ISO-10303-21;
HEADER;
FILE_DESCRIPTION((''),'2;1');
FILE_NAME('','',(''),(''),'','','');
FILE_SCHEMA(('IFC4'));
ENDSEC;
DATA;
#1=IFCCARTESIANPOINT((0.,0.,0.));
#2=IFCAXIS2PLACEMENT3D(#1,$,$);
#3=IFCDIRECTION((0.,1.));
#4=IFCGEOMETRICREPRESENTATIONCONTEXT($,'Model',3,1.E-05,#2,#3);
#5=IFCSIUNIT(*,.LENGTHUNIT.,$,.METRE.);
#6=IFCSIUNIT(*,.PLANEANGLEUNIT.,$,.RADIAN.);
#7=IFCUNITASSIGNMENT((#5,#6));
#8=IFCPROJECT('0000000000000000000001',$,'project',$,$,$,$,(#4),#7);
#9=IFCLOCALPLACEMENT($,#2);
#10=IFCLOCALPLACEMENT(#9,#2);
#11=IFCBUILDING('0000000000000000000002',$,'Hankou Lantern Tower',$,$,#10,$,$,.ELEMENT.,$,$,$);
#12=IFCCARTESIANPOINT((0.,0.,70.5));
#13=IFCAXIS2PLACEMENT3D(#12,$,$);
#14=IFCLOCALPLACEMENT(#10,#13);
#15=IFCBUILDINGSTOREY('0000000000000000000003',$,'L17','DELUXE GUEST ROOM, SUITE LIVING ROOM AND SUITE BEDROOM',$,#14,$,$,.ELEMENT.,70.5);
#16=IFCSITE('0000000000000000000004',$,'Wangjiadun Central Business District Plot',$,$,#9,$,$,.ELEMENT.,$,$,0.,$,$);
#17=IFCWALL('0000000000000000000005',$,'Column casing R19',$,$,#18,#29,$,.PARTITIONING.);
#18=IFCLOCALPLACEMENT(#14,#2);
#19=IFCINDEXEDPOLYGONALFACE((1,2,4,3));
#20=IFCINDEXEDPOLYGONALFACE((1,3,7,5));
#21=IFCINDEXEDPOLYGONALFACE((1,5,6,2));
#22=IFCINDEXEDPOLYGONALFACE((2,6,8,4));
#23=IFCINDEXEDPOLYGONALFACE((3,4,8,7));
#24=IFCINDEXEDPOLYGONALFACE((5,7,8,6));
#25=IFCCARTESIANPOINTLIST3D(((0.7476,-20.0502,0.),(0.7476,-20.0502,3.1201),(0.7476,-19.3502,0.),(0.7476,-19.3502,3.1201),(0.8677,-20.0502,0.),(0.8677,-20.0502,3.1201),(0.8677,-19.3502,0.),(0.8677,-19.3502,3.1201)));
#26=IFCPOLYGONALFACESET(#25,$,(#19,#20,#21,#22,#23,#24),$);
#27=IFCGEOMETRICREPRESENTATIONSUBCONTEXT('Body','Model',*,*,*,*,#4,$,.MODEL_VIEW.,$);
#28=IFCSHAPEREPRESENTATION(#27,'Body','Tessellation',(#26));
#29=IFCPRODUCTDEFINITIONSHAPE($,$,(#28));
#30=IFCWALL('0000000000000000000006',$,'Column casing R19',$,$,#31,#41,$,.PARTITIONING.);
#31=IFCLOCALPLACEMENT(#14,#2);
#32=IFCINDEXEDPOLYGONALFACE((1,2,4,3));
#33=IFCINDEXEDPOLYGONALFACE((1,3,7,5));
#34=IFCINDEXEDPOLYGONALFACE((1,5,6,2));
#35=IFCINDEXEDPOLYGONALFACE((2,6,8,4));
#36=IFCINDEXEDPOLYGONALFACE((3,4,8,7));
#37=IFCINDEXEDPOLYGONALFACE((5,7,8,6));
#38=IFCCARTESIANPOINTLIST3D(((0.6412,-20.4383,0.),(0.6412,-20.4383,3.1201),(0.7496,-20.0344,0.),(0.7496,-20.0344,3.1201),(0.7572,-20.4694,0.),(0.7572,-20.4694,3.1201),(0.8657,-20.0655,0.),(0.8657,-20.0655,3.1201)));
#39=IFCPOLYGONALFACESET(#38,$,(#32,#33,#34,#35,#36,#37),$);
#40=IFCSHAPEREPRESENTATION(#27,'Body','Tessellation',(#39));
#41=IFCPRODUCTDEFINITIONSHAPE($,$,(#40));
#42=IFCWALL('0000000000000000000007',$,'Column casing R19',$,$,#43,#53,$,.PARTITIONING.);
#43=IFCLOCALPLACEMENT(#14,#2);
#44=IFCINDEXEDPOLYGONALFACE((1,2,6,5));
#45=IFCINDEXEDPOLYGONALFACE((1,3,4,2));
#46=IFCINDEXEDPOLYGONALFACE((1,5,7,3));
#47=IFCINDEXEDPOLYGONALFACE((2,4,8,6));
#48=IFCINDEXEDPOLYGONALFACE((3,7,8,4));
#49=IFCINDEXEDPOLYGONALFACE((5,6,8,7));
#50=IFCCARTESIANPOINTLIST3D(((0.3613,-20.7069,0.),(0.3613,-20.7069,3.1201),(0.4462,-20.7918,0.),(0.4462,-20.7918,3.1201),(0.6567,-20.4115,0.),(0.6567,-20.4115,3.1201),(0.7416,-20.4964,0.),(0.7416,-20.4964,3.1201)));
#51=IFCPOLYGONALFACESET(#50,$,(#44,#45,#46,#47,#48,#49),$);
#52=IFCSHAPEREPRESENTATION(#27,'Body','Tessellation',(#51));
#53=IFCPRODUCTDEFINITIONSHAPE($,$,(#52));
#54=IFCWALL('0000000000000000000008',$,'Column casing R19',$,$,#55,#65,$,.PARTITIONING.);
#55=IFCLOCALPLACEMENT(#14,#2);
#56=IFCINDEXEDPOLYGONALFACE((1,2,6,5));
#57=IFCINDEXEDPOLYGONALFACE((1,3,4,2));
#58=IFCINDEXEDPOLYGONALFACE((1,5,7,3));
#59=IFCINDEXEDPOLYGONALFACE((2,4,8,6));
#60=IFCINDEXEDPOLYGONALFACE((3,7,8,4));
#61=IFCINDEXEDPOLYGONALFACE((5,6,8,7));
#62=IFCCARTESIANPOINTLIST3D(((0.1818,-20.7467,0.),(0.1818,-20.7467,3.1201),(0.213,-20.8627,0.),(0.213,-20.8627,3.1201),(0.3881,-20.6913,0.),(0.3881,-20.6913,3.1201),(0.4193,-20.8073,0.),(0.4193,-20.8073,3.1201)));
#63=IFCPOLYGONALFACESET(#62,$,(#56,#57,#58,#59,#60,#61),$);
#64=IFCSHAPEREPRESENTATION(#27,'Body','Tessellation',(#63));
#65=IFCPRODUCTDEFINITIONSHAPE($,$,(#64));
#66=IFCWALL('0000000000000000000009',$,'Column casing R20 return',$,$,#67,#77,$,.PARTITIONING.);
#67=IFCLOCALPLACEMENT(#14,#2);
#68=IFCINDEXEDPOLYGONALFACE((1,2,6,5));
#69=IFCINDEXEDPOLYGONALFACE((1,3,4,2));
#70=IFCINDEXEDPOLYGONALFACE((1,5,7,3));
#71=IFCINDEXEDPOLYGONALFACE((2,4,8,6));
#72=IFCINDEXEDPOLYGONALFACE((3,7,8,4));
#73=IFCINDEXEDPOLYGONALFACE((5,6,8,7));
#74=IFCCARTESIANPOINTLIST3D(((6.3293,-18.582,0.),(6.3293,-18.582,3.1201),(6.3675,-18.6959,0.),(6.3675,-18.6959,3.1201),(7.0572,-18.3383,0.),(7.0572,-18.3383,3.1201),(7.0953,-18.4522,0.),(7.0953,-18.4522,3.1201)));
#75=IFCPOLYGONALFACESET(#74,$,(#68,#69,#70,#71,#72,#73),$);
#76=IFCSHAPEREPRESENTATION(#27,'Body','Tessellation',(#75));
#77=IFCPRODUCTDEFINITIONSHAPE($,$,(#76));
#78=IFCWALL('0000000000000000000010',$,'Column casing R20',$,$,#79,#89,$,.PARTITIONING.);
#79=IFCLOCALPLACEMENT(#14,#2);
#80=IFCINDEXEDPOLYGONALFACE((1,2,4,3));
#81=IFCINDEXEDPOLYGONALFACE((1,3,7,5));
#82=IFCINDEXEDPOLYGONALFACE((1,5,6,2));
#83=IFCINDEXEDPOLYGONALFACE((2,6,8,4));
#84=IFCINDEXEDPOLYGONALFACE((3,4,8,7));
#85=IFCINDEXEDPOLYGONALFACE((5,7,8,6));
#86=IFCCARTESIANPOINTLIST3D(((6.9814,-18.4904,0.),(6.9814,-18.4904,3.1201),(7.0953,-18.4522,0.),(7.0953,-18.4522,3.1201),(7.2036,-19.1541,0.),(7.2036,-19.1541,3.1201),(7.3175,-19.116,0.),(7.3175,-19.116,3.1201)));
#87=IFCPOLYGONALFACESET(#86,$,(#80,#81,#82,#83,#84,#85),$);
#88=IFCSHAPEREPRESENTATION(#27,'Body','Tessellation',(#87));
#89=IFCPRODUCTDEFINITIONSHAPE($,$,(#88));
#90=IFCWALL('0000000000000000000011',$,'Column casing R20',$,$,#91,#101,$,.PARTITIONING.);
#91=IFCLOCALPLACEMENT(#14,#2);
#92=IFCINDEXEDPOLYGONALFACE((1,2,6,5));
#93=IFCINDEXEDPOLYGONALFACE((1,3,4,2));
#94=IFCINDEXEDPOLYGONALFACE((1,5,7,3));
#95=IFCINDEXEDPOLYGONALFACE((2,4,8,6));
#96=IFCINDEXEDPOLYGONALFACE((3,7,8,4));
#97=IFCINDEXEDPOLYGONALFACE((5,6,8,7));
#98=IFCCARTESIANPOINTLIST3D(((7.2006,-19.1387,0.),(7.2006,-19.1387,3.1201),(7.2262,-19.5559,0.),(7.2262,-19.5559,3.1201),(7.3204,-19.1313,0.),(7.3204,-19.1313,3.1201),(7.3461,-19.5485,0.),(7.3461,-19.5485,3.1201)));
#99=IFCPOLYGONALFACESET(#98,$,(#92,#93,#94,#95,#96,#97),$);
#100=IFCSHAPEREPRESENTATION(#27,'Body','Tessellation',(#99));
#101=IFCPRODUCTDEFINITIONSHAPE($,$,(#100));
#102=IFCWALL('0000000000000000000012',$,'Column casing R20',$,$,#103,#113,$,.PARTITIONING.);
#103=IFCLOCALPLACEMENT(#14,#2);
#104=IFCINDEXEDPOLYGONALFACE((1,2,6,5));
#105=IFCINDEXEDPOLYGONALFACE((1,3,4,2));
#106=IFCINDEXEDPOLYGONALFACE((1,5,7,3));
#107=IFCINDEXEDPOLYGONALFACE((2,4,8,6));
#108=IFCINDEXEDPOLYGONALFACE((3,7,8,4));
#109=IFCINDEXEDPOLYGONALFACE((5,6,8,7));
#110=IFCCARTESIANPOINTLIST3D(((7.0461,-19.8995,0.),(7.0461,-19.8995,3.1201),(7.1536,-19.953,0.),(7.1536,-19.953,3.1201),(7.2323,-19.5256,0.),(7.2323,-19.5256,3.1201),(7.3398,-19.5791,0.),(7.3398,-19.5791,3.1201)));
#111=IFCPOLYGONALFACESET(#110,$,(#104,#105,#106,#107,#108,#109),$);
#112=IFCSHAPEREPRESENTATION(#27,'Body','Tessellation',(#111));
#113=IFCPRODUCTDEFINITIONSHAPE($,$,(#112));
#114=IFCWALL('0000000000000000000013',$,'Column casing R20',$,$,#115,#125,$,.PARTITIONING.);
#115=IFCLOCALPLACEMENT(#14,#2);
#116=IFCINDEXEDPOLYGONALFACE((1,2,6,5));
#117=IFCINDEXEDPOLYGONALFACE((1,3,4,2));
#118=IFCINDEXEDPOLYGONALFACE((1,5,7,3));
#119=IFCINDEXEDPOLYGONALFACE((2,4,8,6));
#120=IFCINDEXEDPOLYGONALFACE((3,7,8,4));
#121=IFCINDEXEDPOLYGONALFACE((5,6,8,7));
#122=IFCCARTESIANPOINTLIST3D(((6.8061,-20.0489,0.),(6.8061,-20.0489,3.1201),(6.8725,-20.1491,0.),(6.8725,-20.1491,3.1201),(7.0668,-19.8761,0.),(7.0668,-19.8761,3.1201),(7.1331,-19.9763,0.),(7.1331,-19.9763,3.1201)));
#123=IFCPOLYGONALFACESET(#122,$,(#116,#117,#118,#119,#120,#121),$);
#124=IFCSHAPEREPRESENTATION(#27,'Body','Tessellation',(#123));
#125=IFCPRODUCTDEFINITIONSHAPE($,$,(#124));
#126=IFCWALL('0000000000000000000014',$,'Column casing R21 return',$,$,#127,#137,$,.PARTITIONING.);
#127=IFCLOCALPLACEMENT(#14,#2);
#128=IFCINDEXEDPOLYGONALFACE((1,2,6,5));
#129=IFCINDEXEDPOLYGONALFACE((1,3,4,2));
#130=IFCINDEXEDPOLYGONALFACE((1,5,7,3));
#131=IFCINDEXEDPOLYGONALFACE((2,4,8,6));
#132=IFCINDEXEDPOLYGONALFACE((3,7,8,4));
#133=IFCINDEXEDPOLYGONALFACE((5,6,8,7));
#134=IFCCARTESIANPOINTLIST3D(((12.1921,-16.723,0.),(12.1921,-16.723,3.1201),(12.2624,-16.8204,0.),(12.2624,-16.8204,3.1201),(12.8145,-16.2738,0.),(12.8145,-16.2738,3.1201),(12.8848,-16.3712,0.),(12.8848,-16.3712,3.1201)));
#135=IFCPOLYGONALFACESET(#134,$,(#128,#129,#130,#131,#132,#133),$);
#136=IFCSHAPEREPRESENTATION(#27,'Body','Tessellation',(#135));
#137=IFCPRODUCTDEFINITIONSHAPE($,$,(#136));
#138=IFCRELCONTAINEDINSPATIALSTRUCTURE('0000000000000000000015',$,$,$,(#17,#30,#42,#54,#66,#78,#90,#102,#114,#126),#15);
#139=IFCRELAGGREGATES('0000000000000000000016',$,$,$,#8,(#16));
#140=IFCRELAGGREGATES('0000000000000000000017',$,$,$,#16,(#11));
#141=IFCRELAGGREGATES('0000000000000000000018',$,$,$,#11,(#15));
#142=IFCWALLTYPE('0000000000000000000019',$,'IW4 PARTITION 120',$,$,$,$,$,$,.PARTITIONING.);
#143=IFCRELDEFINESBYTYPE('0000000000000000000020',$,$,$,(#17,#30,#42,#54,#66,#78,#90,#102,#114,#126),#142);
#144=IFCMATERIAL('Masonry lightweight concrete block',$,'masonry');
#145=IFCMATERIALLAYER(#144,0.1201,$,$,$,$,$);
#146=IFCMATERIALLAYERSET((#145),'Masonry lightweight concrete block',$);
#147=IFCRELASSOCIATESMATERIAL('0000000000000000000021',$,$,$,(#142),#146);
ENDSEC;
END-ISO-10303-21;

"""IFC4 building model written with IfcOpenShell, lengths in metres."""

from ifc_helpers import new_model, si_unit, direction, frame, frame_2d, origin, place, context, subcontext, project, spatial, rectangle, extrude, material, layer, layer_set, type_object, element, save


model = new_model("IFC4")

# Units and contexts
model_context = context("Model", 3, precision=1e-05, world=origin(), true_north=direction((0.0, 1.0)))
body_context = subcontext(model_context, "Body", "Model", "MODEL_VIEW")
ifc_project = project(units=[si_unit("LENGTHUNIT", "METRE"), si_unit("PLANEANGLEUNIT", "RADIAN")], contexts=[model_context])

# Site, building, storey
site_placement = place(None, origin())
site = spatial("IfcSite", under=ifc_project, at=site_placement, Name="Wangjiadun Central Business District Plot", CompositionType="ELEMENT", RefElevation=0.0)
building_placement = place(site_placement, origin())
building = spatial("IfcBuilding", under=site, at=building_placement, Name="Hankou Lantern Tower", CompositionType="ELEMENT")
storey_placement = place(building_placement, frame((0.0, 0.0, 70.5)))
storey = spatial("IfcBuildingStorey", under=building, at=storey_placement, Name="L17", Description="DELUXE GUEST ROOM, SUITE LIVING ROOM AND SUITE BEDROOM", CompositionType="ELEMENT", Elevation=70.5)

# Walls
ifc_material_1 = material(Name="Masonry lightweight concrete block", Category="masonry")
ifc_layer_1 = layer(ifc_material_1, 0.1201)
ifc_layer_set_1 = layer_set([ifc_layer_1], Name="Masonry lightweight concrete block")
wall_type_1 = type_object("IfcWallType", Name="IW4 PARTITION 120", PredefinedType="PARTITIONING", material=ifc_layer_set_1)
wall_1_placement = place(storey_placement, frame((0.8076, -19.3501, 0.0), z_axis=(0.0, 0.0, 1.0), x_axis=(0.0, -1.0, 0.0)))
element("IfcWall", 1, at=wall_1_placement, inside=storey, type_object=wall_type_1, Name="Column casing R19", PredefinedType="PARTITIONING", context=body_context, shape_type="SweptSolid", body=[
    extrude(rectangle(XDim=0.7, YDim=0.1201, at=frame_2d((0.3501, 0.0))), origin(), (0.0, 0.0, 1.0), 3.1201),
])
wall_2_placement = place(storey_placement, frame((0.8076, -20.05, 0.0), z_axis=(0.0, 0.0, 1.0), x_axis=(-0.259261, -0.965807, 0.0)))
element("IfcWall", 2, at=wall_2_placement, inside=storey, type_object=wall_type_1, Name="Column casing R19", PredefinedType="PARTITIONING", context=body_context, shape_type="SweptSolid", body=[
    extrude(rectangle(XDim=0.4182, YDim=0.1201, at=frame_2d((0.209, 0.0))), origin(), (0.0, 0.0, 1.0), 3.1201),
])
wall_3_placement = place(storey_placement, frame((0.6992, -20.4539, 0.0), z_axis=(0.0, 0.0, 1.0), x_axis=(-0.707107, -0.707107, 0.0)))
element("IfcWall", 3, at=wall_3_placement, inside=storey, type_object=wall_type_1, Name="Column casing R19", PredefinedType="PARTITIONING", context=body_context, shape_type="SweptSolid", body=[
    extrude(rectangle(XDim=0.4177, YDim=0.1201, at=frame_2d((0.209, 0.0))), origin(), (0.0, 0.0, 1.0), 3.1201),
])
wall_4_placement = place(storey_placement, frame((0.4038, -20.7493, 0.0), z_axis=(0.0, 0.0, 1.0), x_axis=(-0.965759, -0.259441, 0.0)))
element("IfcWall", 4, at=wall_4_placement, inside=storey, type_object=wall_type_1, Name="Column casing R19", PredefinedType="PARTITIONING", context=body_context, shape_type="SweptSolid", body=[
    extrude(rectangle(XDim=0.2136, YDim=0.1201, at=frame_2d((0.1069, 0.0))), origin(), (0.0, 0.0, 1.0), 3.1201),
])
wall_5_placement = place(storey_placement, frame((6.3484, -18.6389, 0.0), z_axis=(0.0, 0.0, 1.0), x_axis=(0.948269, 0.317468, 0.0)))
element("IfcWall", 5, at=wall_5_placement, inside=storey, type_object=wall_type_1, Name="Column casing R20 return", PredefinedType="PARTITIONING", context=body_context, shape_type="SweptSolid", body=[
    extrude(rectangle(XDim=0.7676, YDim=0.1201, at=frame_2d((0.3838, 0.0))), origin(), (0.0, 0.0, 1.0), 3.1201),
])
wall_6_placement = place(storey_placement, frame((7.0383, -18.4712, 0.0), z_axis=(0.0, 0.0, 1.0), x_axis=(0.317378, -0.948299, 0.0)))
element("IfcWall", 6, at=wall_6_placement, inside=storey, type_object=wall_type_1, Name="Column casing R20", PredefinedType="PARTITIONING", context=body_context, shape_type="SweptSolid", body=[
    extrude(rectangle(XDim=0.7, YDim=0.1201, at=frame_2d((0.3501, 0.0))), origin(), (0.0, 0.0, 1.0), 3.1201),
])
wall_7_placement = place(storey_placement, frame((7.2605, -19.135, 0.0), z_axis=(0.0, 0.0, 1.0), x_axis=(0.061324, -0.998118, 0.0)))
element("IfcWall", 7, at=wall_7_placement, inside=storey, type_object=wall_type_1, Name="Column casing R20", PredefinedType="PARTITIONING", context=body_context, shape_type="SweptSolid", body=[
    extrude(rectangle(XDim=0.418, YDim=0.1201, at=frame_2d((0.209, 0.0))), origin(), (0.0, 0.0, 1.0), 3.1201),
])
wall_8_placement = place(storey_placement, frame((7.2861, -19.5522, 0.0), z_axis=(0.0, 0.0, 1.0), x_axis=(-0.445811, -0.895127, 0.0)))
element("IfcWall", 8, at=wall_8_placement, inside=storey, type_object=wall_type_1, Name="Column casing R20", PredefinedType="PARTITIONING", context=body_context, shape_type="SweptSolid", body=[
    extrude(rectangle(XDim=0.4177, YDim=0.1201, at=frame_2d((0.209, 0.0))), origin(), (0.0, 0.0, 1.0), 3.1201),
])
wall_9_placement = place(storey_placement, frame((7.0999, -19.9263, 0.0), z_axis=(0.0, 0.0, 1.0), x_axis=(-0.833488, -0.552537, 0.0)))
element("IfcWall", 9, at=wall_9_placement, inside=storey, type_object=wall_type_1, Name="Column casing R20", PredefinedType="PARTITIONING", context=body_context, shape_type="SweptSolid", body=[
    extrude(rectangle(XDim=0.3127, YDim=0.1201, at=frame_2d((0.1562, 0.0))), origin(), (0.0, 0.0, 1.0), 3.1201),
])
wall_10_placement = place(storey_placement, frame((12.2273, -16.7717, 0.0), z_axis=(0.0, 0.0, 1.0), x_axis=(0.810822, 0.585293, 0.0)))
element("IfcWall", 10, at=wall_10_placement, inside=storey, type_object=wall_type_1, Name="Column casing R21 return", PredefinedType="PARTITIONING", context=body_context, shape_type="SweptSolid", body=[
    extrude(rectangle(XDim=0.7676, YDim=0.1201, at=frame_2d((0.3838, 0.0))), origin(), (0.0, 0.0, 1.0), 3.1201),
])

save(model, "model.ifc")
